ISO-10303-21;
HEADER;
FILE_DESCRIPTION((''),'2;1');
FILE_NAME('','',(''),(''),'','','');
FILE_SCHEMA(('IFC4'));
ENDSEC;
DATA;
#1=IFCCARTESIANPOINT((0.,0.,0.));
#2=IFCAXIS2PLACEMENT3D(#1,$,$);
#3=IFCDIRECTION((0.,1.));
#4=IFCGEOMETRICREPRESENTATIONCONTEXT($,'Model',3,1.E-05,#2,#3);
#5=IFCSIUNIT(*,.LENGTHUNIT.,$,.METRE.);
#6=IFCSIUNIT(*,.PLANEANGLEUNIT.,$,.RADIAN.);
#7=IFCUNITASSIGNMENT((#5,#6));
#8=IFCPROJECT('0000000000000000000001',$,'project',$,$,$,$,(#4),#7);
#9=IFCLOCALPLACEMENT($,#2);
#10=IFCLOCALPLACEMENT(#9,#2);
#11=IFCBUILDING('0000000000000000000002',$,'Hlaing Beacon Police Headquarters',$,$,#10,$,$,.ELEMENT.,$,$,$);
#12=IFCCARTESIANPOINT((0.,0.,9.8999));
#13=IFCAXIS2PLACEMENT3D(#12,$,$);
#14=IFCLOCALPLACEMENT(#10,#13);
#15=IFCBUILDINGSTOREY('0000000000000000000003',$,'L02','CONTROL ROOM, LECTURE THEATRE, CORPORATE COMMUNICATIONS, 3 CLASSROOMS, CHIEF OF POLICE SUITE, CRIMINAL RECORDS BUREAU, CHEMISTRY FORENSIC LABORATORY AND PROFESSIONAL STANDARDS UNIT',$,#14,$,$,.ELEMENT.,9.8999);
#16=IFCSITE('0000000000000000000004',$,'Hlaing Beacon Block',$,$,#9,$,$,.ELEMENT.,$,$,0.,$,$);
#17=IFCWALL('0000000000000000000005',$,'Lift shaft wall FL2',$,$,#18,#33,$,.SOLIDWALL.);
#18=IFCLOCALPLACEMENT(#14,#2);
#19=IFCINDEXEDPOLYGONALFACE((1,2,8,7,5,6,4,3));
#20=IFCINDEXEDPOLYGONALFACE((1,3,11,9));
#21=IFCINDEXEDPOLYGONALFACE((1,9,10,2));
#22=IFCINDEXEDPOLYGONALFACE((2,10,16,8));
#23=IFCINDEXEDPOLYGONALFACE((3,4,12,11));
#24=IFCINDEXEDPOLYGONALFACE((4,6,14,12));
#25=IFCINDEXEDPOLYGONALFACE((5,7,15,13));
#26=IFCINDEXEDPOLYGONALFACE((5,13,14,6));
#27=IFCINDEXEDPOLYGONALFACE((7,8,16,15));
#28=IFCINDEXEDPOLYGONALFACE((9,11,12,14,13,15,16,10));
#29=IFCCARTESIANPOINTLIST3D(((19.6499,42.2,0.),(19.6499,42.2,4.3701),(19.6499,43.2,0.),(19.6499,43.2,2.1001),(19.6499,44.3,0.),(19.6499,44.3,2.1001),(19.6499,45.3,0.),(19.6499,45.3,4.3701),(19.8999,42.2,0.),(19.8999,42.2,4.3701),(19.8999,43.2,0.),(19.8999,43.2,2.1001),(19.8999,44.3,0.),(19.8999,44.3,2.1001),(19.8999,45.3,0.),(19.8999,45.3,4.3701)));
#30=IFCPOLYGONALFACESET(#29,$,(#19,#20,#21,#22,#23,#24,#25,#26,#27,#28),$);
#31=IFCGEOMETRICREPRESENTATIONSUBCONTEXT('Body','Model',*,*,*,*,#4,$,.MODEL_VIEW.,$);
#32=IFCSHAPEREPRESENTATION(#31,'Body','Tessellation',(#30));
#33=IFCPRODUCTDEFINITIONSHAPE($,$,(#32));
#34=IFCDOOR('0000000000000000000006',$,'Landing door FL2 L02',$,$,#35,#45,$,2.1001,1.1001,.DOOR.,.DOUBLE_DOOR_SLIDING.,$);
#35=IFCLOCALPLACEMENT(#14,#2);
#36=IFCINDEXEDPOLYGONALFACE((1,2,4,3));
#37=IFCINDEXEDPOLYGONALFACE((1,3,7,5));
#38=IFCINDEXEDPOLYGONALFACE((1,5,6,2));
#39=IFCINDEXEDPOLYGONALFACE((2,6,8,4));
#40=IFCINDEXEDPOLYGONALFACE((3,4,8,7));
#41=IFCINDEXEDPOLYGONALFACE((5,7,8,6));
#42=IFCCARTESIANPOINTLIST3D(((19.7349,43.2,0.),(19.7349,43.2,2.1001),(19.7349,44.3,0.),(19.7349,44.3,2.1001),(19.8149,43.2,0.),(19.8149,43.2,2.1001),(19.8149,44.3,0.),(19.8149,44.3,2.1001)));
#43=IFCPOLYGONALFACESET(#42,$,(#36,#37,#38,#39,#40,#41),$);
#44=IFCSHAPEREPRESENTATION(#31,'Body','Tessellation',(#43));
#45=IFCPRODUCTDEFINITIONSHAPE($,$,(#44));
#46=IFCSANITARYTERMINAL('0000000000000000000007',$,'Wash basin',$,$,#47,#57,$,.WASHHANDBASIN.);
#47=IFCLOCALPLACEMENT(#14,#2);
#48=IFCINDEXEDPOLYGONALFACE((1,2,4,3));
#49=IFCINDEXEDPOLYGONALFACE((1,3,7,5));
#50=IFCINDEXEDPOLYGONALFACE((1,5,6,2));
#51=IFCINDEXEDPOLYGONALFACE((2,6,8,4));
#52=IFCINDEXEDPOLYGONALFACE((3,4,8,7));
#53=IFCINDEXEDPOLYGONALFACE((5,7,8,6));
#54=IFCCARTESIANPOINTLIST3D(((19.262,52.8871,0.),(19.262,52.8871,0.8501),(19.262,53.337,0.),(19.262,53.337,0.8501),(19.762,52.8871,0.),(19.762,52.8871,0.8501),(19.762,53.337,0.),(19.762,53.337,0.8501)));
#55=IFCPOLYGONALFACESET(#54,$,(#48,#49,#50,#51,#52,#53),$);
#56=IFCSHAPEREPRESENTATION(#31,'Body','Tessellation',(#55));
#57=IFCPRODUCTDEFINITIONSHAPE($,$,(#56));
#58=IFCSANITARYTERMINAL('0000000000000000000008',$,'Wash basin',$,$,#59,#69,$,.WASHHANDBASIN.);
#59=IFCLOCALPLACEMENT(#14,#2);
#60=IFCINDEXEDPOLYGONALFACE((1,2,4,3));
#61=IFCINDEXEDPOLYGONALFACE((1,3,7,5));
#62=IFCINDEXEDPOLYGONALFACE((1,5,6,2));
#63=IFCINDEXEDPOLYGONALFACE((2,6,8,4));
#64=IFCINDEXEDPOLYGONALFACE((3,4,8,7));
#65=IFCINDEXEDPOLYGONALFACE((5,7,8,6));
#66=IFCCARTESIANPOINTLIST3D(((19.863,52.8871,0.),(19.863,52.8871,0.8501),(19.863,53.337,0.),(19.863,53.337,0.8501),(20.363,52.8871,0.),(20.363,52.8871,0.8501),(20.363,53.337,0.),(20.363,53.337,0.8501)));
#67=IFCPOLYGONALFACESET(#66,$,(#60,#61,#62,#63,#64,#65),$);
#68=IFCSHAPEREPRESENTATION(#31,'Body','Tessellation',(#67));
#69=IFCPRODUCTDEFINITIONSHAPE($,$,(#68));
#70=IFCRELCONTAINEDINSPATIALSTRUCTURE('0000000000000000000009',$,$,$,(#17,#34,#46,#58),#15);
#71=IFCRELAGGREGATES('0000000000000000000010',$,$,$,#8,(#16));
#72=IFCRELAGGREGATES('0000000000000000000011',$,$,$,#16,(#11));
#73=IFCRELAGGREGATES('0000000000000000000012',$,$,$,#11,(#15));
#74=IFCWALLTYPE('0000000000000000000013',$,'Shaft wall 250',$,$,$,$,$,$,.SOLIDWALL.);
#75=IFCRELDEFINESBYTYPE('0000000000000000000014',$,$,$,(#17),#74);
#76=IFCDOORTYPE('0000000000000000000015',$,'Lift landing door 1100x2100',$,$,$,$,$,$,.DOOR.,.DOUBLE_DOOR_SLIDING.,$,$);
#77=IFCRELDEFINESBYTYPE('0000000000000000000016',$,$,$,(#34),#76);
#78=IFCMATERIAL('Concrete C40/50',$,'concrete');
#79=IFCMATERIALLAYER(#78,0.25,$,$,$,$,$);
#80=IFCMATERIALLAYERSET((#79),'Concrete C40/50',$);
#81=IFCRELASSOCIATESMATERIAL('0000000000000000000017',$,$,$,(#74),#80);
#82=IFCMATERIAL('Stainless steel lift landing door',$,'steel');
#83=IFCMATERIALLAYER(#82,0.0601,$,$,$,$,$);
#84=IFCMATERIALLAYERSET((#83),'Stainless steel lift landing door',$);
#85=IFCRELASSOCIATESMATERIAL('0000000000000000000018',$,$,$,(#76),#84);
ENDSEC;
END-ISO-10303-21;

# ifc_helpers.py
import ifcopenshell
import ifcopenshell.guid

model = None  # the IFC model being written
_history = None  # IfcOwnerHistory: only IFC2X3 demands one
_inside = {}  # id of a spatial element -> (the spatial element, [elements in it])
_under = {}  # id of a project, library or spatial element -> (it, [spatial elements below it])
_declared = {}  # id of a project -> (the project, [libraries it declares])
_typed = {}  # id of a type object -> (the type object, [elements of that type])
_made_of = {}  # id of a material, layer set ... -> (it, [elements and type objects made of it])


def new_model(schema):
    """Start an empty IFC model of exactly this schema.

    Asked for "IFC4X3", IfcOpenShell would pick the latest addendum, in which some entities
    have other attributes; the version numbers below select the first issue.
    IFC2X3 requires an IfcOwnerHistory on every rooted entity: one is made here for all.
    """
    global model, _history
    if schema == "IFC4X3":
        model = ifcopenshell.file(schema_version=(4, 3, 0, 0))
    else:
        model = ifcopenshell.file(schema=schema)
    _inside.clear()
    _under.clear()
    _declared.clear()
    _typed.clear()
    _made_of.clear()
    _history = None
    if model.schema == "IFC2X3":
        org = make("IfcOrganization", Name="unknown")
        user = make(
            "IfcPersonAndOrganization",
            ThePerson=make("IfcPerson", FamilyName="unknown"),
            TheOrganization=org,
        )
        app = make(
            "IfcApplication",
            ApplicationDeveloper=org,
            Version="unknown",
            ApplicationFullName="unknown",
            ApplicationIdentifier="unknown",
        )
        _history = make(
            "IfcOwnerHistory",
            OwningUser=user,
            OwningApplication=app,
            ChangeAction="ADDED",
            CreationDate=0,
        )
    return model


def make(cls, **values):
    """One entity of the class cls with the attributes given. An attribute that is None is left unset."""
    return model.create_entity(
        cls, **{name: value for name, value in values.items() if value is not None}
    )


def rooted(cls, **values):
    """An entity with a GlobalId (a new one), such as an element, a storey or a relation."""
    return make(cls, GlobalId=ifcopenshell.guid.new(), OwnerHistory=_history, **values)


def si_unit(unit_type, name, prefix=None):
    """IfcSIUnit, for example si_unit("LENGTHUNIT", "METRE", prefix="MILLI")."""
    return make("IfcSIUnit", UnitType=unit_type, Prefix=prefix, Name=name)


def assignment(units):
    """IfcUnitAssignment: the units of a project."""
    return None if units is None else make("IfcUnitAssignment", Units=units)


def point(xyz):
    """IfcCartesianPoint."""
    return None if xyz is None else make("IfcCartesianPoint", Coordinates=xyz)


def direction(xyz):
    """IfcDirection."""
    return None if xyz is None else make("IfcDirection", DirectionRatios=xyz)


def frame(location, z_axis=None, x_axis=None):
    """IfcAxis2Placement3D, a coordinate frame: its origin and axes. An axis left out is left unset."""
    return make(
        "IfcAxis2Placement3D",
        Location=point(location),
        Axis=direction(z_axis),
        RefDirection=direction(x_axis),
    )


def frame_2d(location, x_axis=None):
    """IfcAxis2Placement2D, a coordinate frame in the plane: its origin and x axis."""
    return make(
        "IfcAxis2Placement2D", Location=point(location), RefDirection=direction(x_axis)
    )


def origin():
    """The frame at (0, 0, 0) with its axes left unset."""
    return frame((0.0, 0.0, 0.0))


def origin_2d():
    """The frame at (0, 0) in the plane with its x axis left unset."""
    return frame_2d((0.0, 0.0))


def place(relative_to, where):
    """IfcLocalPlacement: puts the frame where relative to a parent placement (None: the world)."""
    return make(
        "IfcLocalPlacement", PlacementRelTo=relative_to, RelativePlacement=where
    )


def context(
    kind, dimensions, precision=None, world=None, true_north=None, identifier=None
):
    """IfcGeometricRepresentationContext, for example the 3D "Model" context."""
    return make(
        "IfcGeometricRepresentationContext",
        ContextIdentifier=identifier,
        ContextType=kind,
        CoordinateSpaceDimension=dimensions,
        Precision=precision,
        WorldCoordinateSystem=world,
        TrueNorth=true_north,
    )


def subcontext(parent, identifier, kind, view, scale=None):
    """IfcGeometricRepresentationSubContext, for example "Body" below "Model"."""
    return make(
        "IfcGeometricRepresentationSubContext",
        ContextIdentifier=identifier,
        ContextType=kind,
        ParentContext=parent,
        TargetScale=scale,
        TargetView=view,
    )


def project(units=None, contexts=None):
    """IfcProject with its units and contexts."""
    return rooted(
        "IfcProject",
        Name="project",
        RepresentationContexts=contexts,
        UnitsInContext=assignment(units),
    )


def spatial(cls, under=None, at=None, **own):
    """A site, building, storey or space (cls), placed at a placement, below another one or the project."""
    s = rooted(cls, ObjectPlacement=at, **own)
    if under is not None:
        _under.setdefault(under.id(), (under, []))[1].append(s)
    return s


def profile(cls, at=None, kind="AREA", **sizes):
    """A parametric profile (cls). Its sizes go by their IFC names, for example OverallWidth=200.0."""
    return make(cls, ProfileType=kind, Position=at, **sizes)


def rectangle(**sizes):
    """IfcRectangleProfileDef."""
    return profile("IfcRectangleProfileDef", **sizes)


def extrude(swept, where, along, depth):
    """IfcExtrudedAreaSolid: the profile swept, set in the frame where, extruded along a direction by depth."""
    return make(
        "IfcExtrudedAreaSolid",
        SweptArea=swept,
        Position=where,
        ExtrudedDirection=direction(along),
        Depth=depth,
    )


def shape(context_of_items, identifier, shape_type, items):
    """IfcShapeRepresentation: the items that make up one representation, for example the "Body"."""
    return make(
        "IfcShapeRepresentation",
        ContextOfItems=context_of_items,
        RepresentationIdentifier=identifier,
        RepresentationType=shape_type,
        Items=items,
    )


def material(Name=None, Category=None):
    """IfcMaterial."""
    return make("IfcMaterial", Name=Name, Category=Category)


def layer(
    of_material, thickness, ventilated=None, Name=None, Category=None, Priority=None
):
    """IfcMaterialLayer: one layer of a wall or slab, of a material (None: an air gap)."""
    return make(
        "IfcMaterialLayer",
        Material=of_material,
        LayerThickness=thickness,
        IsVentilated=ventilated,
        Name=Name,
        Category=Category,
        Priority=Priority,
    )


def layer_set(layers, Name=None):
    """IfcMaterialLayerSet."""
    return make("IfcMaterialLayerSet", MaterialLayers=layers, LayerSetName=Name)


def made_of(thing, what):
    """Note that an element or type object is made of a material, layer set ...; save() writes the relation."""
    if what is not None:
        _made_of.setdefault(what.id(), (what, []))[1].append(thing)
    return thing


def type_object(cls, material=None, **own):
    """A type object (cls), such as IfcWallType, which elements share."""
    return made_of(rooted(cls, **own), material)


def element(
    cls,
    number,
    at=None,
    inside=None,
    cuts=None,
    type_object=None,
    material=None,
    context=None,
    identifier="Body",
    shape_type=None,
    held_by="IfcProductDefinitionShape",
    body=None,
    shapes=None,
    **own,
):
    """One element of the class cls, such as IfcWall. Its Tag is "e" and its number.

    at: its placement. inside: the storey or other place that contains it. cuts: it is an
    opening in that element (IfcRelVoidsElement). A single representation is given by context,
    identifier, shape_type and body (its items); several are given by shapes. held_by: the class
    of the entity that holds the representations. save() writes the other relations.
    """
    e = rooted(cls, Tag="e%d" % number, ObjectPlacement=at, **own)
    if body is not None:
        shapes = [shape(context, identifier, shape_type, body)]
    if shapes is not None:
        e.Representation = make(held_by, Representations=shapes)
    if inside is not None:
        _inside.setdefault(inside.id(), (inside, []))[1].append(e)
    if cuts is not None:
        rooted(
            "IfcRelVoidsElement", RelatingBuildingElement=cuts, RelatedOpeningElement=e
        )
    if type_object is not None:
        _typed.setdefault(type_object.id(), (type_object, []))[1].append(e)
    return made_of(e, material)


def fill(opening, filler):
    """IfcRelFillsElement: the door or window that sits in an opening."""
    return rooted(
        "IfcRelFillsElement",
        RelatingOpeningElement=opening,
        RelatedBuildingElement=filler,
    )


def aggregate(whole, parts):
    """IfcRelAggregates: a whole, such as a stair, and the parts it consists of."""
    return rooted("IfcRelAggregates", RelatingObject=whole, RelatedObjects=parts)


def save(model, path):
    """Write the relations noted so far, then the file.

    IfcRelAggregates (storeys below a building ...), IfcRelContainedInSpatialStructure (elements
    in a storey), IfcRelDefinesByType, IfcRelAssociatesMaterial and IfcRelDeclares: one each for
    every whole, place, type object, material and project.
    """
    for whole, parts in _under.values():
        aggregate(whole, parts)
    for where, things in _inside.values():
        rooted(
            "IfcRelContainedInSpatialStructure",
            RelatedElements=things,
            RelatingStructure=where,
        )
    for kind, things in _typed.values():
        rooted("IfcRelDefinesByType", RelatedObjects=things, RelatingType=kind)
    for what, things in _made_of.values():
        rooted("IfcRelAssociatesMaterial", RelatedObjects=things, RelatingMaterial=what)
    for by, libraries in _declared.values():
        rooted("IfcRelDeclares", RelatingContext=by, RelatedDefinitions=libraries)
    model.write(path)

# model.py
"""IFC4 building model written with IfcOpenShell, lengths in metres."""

from ifc_helpers import new_model, si_unit, direction, frame, frame_2d, origin, origin_2d, place, context, subcontext, project, spatial, rectangle, extrude, material, layer, layer_set, type_object, element, fill, save


model = new_model("IFC4")

# Units and contexts
model_context = context("Model", 3, precision=1e-05, world=origin(), true_north=direction((0.0, 1.0)))
body_context = subcontext(model_context, "Body", "Model", "MODEL_VIEW")
ifc_project = project(units=[si_unit("LENGTHUNIT", "METRE"), si_unit("PLANEANGLEUNIT", "RADIAN")], contexts=[model_context])

# Site, building, storey
site_placement = place(None, origin())
site = spatial("IfcSite", under=ifc_project, at=site_placement, Name="Hlaing Beacon Block", CompositionType="ELEMENT", RefElevation=0.0)
building_placement = place(site_placement, origin())
building = spatial("IfcBuilding", under=site, at=building_placement, Name="Hlaing Beacon Police Headquarters", CompositionType="ELEMENT")
storey_placement = place(building_placement, frame((0.0, 0.0, 9.8999)))
storey = spatial("IfcBuildingStorey", under=building, at=storey_placement, Name="L02", Description="CONTROL ROOM, LECTURE THEATRE, CORPORATE COMMUNICATIONS, 3 CLASSROOMS, CHIEF OF POLICE SUITE, CRIMINAL RECORDS BUREAU, CHEMISTRY FORENSIC LABORATORY AND PROFESSIONAL STANDARDS UNIT", CompositionType="ELEMENT", Elevation=9.8999)

# Shared definitions
ifc_material_1 = material(Name="Concrete C40/50", Category="concrete")
ifc_layer_1 = layer(ifc_material_1, 0.25)
ifc_layer_set_1 = layer_set([ifc_layer_1], Name="Concrete C40/50")
wall_type_1 = type_object("IfcWallType", Name="Shaft wall 250", PredefinedType="SOLIDWALL", material=ifc_layer_set_1)

# Wall, opening, door
wall_1_placement = place(storey_placement, frame((19.7749, 42.2, 0.0), z_axis=(0.0, 0.0, 1.0), x_axis=(0.0, 1.0, 0.0)))
wall_1 = element("IfcWall", 1, at=wall_1_placement, inside=storey, type_object=wall_type_1, Name="Lift shaft wall FL2", PredefinedType="SOLIDWALL", context=body_context, shape_type="SweptSolid", body=[
    extrude(rectangle(XDim=3.1001, YDim=0.25, at=frame_2d((1.55, 0.0))), origin(), (0.0, 0.0, 1.0), 4.3701),
])
opening_1_placement = place(wall_1_placement, frame((1.0, 0.0, 0.0)))
opening_1 = element("IfcOpeningElement", 2, at=opening_1_placement, cuts=wall_1, PredefinedType="OPENING", context=body_context, shape_type="SweptSolid", body=[
    extrude(rectangle(XDim=1.1001, YDim=2.1001, at=frame_2d((0.55, 1.05))), frame((0.0, 0.135, 0.0), z_axis=(0.0, -1.0, 0.0), x_axis=(1.0, 0.0, 0.0)), (0.0, 0.0, 1.0), 0.27),
])
ifc_material_2 = material(Name="Stainless steel lift landing door", Category="steel")
ifc_layer_2 = layer(ifc_material_2, 0.0601)
ifc_layer_set_2 = layer_set([ifc_layer_2], Name="Stainless steel lift landing door")
door_type_1 = type_object("IfcDoorType", Name="Lift landing door 1100x2100", OperationType="DOUBLE_DOOR_SLIDING", PredefinedType="DOOR", material=ifc_layer_set_2)
door_1_placement = place(opening_1_placement, origin())
door_1 = element("IfcDoor", 3, at=door_1_placement, inside=storey, type_object=door_type_1, Name="Landing door FL2 L02", OperationType="DOUBLE_DOOR_SLIDING", OverallHeight=2.1001, OverallWidth=1.1001, PredefinedType="DOOR", context=body_context, shape_type="SweptSolid", body=[
    extrude(rectangle(XDim=1.1001, YDim=2.1001, at=frame_2d((0.55, 1.05))), frame((0.0, 0.04, 0.0), z_axis=(0.0, -1.0, 0.0), x_axis=(1.0, 0.0, 0.0)), (0.0, 0.0, 1.0), 0.0801),
])
fill(opening_1, door_1)

# Sanitary terminals
for number, where, z_axis, x_axis, name in (
    (4, (19.512, 53.1121, 0.0), (0.0, 0.0, 1.0), (1.0, 0.0, 0.0), "Wash basin"),
    (5, (20.113, 53.1121, 0.0), (0.0, 0.0, 1.0), (1.0, 0.0, 0.0), "Wash basin"),
):
    element("IfcSanitaryTerminal", number, at=place(storey_placement, frame(where, z_axis=z_axis, x_axis=x_axis)), inside=storey, Name=name, PredefinedType="WASHHANDBASIN", context=body_context, shape_type="SweptSolid", body=[
        extrude(rectangle(XDim=0.5, YDim=0.45, at=origin_2d()), origin(), (0.0, 0.0, 1.0), 0.8501),
    ])

save(model, "model.ifc")
